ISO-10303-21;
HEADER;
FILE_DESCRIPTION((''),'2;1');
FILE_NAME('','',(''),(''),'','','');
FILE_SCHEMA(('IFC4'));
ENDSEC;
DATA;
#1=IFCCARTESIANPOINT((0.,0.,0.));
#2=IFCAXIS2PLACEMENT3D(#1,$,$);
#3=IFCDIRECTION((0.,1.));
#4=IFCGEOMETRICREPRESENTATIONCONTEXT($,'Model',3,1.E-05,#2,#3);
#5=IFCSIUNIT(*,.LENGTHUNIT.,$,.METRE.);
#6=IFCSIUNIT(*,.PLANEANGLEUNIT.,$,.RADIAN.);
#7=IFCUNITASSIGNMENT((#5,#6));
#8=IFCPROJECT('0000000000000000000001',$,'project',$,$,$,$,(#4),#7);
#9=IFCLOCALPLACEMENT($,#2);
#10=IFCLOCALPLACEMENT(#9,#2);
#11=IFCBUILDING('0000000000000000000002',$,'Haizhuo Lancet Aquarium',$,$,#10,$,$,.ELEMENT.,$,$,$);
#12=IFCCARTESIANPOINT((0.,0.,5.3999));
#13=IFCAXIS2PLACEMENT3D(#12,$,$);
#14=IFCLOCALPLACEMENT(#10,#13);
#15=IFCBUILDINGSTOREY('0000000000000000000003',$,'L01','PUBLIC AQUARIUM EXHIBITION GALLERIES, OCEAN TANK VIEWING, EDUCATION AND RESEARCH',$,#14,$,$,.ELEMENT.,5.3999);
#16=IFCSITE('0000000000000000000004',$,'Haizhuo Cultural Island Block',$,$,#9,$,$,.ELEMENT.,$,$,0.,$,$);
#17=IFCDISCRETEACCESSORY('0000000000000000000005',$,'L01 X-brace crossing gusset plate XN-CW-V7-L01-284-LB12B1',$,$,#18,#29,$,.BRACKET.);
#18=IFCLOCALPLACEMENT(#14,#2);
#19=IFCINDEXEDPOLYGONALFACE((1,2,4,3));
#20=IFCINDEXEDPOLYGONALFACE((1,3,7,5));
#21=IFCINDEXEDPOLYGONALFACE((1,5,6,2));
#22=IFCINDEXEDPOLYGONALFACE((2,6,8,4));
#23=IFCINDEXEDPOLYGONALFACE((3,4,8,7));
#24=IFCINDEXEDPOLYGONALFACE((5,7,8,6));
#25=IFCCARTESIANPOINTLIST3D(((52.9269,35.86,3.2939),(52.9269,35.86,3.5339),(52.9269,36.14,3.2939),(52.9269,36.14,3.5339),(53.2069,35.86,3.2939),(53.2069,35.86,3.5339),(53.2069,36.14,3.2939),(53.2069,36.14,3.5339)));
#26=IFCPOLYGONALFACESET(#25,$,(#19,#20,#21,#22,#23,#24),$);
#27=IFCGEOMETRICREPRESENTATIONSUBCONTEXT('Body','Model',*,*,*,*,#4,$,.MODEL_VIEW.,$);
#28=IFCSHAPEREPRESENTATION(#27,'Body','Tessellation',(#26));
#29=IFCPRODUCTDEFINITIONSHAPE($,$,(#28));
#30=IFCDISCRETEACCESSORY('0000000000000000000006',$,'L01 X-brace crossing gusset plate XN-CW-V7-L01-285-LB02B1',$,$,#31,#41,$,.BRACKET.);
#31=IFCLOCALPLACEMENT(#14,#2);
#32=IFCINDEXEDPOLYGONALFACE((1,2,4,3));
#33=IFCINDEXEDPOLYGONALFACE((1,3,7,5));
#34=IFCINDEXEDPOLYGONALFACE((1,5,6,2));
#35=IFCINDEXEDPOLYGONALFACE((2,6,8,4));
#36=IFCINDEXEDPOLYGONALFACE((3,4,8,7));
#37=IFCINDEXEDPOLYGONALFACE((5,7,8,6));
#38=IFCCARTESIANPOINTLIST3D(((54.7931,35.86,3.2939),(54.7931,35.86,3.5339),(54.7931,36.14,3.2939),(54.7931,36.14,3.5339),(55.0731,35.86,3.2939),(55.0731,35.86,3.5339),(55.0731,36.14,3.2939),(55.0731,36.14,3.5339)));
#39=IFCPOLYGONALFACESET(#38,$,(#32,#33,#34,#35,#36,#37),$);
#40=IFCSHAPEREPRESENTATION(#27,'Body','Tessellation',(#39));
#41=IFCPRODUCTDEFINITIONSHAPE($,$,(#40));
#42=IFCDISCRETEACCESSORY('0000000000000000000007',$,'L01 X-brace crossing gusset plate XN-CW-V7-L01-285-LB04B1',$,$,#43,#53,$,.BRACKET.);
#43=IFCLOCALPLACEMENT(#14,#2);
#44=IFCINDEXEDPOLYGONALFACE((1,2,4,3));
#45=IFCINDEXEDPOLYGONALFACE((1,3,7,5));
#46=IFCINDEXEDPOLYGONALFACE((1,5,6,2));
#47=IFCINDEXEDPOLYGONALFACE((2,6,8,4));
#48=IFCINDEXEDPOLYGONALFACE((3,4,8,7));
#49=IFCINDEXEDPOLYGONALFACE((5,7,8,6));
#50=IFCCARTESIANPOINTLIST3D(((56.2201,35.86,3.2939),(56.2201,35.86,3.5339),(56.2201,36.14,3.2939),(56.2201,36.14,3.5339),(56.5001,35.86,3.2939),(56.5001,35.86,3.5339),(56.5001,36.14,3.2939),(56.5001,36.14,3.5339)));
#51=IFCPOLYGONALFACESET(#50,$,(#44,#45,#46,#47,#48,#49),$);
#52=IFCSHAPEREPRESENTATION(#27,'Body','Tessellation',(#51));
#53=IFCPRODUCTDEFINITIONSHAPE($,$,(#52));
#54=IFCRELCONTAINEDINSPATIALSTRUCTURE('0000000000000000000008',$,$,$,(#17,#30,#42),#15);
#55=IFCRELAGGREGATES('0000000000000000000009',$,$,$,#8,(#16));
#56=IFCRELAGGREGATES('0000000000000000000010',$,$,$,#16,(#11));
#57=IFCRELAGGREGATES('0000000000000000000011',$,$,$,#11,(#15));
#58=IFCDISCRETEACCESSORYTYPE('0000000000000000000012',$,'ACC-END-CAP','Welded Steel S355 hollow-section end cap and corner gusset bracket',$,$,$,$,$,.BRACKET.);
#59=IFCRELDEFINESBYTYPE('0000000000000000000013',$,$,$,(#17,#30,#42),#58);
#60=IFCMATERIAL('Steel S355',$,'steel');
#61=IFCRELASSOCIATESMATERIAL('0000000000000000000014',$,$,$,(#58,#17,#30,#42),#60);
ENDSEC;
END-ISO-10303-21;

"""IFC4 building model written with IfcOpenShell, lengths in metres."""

from ifc_helpers import new_model, si_unit, direction, frame, origin, origin_2d, place, context, subcontext, project, spatial, rectangle, extrude, material, type_object, element, save


model = new_model("IFC4")

# Units and contexts
model_context = context("Model", 3, precision=1e-05, world=origin(), true_north=direction((0.0, 1.0)))
body_context = subcontext(model_context, "Body", "Model", "MODEL_VIEW")
ifc_project = project(units=[si_unit("LENGTHUNIT", "METRE"), si_unit("PLANEANGLEUNIT", "RADIAN")], contexts=[model_context])

# Site, building, storey
site_placement = place(None, origin())
site = spatial("IfcSite", under=ifc_project, at=site_placement, Name="Haizhuo Cultural Island Block", CompositionType="ELEMENT", RefElevation=0.0)
building_placement = place(site_placement, origin())
building = spatial("IfcBuilding", under=site, at=building_placement, Name="Haizhuo Lancet Aquarium", CompositionType="ELEMENT")
storey_placement = place(building_placement, frame((0.0, 0.0, 5.3999)))
storey = spatial("IfcBuildingStorey", under=building, at=storey_placement, Name="L01", Description="PUBLIC AQUARIUM EXHIBITION GALLERIES, OCEAN TANK VIEWING, EDUCATION AND RESEARCH", CompositionType="ELEMENT", Elevation=5.3999)

# Shared definitions
ifc_material_1 = material(Name="Steel S355", Category="steel")

# Discrete accessories
discrete_accessory_type = type_object("IfcDiscreteAccessoryType", Name="ACC-END-CAP", Description="Welded Steel S355 hollow-section end cap and corner gusset bracket", PredefinedType="BRACKET", material=ifc_material_1)
for number, where, z_axis, x_axis, name in (
    (1, (53.0669, 36.0, 3.2939), (0.0, 0.0, 1.0), (1.0, 0.0, 0.0), "L01 X-brace crossing gusset plate XN-CW-V7-L01-284-LB12B1"),
    (2, (54.9331, 36.0, 3.2939), (0.0, 0.0, 1.0), (1.0, 0.0, 0.0), "L01 X-brace crossing gusset plate XN-CW-V7-L01-285-LB02B1"),
    (3, (56.3601, 36.0, 3.2939), (0.0, 0.0, 1.0), (1.0, 0.0, 0.0), "L01 X-brace crossing gusset plate XN-CW-V7-L01-285-LB04B1"),
):
    element("IfcDiscreteAccessory", number, at=place(storey_placement, frame(where, z_axis=z_axis, x_axis=x_axis)), inside=storey, type_object=discrete_accessory_type, material=ifc_material_1, Name=name, PredefinedType="BRACKET", context=body_context, shape_type="SweptSolid", body=[
        extrude(rectangle(XDim=0.28, YDim=0.28, at=origin_2d()), origin(), (0.0, 0.0, 1.0), 0.24),
    ])

save(model, "model.ifc")
